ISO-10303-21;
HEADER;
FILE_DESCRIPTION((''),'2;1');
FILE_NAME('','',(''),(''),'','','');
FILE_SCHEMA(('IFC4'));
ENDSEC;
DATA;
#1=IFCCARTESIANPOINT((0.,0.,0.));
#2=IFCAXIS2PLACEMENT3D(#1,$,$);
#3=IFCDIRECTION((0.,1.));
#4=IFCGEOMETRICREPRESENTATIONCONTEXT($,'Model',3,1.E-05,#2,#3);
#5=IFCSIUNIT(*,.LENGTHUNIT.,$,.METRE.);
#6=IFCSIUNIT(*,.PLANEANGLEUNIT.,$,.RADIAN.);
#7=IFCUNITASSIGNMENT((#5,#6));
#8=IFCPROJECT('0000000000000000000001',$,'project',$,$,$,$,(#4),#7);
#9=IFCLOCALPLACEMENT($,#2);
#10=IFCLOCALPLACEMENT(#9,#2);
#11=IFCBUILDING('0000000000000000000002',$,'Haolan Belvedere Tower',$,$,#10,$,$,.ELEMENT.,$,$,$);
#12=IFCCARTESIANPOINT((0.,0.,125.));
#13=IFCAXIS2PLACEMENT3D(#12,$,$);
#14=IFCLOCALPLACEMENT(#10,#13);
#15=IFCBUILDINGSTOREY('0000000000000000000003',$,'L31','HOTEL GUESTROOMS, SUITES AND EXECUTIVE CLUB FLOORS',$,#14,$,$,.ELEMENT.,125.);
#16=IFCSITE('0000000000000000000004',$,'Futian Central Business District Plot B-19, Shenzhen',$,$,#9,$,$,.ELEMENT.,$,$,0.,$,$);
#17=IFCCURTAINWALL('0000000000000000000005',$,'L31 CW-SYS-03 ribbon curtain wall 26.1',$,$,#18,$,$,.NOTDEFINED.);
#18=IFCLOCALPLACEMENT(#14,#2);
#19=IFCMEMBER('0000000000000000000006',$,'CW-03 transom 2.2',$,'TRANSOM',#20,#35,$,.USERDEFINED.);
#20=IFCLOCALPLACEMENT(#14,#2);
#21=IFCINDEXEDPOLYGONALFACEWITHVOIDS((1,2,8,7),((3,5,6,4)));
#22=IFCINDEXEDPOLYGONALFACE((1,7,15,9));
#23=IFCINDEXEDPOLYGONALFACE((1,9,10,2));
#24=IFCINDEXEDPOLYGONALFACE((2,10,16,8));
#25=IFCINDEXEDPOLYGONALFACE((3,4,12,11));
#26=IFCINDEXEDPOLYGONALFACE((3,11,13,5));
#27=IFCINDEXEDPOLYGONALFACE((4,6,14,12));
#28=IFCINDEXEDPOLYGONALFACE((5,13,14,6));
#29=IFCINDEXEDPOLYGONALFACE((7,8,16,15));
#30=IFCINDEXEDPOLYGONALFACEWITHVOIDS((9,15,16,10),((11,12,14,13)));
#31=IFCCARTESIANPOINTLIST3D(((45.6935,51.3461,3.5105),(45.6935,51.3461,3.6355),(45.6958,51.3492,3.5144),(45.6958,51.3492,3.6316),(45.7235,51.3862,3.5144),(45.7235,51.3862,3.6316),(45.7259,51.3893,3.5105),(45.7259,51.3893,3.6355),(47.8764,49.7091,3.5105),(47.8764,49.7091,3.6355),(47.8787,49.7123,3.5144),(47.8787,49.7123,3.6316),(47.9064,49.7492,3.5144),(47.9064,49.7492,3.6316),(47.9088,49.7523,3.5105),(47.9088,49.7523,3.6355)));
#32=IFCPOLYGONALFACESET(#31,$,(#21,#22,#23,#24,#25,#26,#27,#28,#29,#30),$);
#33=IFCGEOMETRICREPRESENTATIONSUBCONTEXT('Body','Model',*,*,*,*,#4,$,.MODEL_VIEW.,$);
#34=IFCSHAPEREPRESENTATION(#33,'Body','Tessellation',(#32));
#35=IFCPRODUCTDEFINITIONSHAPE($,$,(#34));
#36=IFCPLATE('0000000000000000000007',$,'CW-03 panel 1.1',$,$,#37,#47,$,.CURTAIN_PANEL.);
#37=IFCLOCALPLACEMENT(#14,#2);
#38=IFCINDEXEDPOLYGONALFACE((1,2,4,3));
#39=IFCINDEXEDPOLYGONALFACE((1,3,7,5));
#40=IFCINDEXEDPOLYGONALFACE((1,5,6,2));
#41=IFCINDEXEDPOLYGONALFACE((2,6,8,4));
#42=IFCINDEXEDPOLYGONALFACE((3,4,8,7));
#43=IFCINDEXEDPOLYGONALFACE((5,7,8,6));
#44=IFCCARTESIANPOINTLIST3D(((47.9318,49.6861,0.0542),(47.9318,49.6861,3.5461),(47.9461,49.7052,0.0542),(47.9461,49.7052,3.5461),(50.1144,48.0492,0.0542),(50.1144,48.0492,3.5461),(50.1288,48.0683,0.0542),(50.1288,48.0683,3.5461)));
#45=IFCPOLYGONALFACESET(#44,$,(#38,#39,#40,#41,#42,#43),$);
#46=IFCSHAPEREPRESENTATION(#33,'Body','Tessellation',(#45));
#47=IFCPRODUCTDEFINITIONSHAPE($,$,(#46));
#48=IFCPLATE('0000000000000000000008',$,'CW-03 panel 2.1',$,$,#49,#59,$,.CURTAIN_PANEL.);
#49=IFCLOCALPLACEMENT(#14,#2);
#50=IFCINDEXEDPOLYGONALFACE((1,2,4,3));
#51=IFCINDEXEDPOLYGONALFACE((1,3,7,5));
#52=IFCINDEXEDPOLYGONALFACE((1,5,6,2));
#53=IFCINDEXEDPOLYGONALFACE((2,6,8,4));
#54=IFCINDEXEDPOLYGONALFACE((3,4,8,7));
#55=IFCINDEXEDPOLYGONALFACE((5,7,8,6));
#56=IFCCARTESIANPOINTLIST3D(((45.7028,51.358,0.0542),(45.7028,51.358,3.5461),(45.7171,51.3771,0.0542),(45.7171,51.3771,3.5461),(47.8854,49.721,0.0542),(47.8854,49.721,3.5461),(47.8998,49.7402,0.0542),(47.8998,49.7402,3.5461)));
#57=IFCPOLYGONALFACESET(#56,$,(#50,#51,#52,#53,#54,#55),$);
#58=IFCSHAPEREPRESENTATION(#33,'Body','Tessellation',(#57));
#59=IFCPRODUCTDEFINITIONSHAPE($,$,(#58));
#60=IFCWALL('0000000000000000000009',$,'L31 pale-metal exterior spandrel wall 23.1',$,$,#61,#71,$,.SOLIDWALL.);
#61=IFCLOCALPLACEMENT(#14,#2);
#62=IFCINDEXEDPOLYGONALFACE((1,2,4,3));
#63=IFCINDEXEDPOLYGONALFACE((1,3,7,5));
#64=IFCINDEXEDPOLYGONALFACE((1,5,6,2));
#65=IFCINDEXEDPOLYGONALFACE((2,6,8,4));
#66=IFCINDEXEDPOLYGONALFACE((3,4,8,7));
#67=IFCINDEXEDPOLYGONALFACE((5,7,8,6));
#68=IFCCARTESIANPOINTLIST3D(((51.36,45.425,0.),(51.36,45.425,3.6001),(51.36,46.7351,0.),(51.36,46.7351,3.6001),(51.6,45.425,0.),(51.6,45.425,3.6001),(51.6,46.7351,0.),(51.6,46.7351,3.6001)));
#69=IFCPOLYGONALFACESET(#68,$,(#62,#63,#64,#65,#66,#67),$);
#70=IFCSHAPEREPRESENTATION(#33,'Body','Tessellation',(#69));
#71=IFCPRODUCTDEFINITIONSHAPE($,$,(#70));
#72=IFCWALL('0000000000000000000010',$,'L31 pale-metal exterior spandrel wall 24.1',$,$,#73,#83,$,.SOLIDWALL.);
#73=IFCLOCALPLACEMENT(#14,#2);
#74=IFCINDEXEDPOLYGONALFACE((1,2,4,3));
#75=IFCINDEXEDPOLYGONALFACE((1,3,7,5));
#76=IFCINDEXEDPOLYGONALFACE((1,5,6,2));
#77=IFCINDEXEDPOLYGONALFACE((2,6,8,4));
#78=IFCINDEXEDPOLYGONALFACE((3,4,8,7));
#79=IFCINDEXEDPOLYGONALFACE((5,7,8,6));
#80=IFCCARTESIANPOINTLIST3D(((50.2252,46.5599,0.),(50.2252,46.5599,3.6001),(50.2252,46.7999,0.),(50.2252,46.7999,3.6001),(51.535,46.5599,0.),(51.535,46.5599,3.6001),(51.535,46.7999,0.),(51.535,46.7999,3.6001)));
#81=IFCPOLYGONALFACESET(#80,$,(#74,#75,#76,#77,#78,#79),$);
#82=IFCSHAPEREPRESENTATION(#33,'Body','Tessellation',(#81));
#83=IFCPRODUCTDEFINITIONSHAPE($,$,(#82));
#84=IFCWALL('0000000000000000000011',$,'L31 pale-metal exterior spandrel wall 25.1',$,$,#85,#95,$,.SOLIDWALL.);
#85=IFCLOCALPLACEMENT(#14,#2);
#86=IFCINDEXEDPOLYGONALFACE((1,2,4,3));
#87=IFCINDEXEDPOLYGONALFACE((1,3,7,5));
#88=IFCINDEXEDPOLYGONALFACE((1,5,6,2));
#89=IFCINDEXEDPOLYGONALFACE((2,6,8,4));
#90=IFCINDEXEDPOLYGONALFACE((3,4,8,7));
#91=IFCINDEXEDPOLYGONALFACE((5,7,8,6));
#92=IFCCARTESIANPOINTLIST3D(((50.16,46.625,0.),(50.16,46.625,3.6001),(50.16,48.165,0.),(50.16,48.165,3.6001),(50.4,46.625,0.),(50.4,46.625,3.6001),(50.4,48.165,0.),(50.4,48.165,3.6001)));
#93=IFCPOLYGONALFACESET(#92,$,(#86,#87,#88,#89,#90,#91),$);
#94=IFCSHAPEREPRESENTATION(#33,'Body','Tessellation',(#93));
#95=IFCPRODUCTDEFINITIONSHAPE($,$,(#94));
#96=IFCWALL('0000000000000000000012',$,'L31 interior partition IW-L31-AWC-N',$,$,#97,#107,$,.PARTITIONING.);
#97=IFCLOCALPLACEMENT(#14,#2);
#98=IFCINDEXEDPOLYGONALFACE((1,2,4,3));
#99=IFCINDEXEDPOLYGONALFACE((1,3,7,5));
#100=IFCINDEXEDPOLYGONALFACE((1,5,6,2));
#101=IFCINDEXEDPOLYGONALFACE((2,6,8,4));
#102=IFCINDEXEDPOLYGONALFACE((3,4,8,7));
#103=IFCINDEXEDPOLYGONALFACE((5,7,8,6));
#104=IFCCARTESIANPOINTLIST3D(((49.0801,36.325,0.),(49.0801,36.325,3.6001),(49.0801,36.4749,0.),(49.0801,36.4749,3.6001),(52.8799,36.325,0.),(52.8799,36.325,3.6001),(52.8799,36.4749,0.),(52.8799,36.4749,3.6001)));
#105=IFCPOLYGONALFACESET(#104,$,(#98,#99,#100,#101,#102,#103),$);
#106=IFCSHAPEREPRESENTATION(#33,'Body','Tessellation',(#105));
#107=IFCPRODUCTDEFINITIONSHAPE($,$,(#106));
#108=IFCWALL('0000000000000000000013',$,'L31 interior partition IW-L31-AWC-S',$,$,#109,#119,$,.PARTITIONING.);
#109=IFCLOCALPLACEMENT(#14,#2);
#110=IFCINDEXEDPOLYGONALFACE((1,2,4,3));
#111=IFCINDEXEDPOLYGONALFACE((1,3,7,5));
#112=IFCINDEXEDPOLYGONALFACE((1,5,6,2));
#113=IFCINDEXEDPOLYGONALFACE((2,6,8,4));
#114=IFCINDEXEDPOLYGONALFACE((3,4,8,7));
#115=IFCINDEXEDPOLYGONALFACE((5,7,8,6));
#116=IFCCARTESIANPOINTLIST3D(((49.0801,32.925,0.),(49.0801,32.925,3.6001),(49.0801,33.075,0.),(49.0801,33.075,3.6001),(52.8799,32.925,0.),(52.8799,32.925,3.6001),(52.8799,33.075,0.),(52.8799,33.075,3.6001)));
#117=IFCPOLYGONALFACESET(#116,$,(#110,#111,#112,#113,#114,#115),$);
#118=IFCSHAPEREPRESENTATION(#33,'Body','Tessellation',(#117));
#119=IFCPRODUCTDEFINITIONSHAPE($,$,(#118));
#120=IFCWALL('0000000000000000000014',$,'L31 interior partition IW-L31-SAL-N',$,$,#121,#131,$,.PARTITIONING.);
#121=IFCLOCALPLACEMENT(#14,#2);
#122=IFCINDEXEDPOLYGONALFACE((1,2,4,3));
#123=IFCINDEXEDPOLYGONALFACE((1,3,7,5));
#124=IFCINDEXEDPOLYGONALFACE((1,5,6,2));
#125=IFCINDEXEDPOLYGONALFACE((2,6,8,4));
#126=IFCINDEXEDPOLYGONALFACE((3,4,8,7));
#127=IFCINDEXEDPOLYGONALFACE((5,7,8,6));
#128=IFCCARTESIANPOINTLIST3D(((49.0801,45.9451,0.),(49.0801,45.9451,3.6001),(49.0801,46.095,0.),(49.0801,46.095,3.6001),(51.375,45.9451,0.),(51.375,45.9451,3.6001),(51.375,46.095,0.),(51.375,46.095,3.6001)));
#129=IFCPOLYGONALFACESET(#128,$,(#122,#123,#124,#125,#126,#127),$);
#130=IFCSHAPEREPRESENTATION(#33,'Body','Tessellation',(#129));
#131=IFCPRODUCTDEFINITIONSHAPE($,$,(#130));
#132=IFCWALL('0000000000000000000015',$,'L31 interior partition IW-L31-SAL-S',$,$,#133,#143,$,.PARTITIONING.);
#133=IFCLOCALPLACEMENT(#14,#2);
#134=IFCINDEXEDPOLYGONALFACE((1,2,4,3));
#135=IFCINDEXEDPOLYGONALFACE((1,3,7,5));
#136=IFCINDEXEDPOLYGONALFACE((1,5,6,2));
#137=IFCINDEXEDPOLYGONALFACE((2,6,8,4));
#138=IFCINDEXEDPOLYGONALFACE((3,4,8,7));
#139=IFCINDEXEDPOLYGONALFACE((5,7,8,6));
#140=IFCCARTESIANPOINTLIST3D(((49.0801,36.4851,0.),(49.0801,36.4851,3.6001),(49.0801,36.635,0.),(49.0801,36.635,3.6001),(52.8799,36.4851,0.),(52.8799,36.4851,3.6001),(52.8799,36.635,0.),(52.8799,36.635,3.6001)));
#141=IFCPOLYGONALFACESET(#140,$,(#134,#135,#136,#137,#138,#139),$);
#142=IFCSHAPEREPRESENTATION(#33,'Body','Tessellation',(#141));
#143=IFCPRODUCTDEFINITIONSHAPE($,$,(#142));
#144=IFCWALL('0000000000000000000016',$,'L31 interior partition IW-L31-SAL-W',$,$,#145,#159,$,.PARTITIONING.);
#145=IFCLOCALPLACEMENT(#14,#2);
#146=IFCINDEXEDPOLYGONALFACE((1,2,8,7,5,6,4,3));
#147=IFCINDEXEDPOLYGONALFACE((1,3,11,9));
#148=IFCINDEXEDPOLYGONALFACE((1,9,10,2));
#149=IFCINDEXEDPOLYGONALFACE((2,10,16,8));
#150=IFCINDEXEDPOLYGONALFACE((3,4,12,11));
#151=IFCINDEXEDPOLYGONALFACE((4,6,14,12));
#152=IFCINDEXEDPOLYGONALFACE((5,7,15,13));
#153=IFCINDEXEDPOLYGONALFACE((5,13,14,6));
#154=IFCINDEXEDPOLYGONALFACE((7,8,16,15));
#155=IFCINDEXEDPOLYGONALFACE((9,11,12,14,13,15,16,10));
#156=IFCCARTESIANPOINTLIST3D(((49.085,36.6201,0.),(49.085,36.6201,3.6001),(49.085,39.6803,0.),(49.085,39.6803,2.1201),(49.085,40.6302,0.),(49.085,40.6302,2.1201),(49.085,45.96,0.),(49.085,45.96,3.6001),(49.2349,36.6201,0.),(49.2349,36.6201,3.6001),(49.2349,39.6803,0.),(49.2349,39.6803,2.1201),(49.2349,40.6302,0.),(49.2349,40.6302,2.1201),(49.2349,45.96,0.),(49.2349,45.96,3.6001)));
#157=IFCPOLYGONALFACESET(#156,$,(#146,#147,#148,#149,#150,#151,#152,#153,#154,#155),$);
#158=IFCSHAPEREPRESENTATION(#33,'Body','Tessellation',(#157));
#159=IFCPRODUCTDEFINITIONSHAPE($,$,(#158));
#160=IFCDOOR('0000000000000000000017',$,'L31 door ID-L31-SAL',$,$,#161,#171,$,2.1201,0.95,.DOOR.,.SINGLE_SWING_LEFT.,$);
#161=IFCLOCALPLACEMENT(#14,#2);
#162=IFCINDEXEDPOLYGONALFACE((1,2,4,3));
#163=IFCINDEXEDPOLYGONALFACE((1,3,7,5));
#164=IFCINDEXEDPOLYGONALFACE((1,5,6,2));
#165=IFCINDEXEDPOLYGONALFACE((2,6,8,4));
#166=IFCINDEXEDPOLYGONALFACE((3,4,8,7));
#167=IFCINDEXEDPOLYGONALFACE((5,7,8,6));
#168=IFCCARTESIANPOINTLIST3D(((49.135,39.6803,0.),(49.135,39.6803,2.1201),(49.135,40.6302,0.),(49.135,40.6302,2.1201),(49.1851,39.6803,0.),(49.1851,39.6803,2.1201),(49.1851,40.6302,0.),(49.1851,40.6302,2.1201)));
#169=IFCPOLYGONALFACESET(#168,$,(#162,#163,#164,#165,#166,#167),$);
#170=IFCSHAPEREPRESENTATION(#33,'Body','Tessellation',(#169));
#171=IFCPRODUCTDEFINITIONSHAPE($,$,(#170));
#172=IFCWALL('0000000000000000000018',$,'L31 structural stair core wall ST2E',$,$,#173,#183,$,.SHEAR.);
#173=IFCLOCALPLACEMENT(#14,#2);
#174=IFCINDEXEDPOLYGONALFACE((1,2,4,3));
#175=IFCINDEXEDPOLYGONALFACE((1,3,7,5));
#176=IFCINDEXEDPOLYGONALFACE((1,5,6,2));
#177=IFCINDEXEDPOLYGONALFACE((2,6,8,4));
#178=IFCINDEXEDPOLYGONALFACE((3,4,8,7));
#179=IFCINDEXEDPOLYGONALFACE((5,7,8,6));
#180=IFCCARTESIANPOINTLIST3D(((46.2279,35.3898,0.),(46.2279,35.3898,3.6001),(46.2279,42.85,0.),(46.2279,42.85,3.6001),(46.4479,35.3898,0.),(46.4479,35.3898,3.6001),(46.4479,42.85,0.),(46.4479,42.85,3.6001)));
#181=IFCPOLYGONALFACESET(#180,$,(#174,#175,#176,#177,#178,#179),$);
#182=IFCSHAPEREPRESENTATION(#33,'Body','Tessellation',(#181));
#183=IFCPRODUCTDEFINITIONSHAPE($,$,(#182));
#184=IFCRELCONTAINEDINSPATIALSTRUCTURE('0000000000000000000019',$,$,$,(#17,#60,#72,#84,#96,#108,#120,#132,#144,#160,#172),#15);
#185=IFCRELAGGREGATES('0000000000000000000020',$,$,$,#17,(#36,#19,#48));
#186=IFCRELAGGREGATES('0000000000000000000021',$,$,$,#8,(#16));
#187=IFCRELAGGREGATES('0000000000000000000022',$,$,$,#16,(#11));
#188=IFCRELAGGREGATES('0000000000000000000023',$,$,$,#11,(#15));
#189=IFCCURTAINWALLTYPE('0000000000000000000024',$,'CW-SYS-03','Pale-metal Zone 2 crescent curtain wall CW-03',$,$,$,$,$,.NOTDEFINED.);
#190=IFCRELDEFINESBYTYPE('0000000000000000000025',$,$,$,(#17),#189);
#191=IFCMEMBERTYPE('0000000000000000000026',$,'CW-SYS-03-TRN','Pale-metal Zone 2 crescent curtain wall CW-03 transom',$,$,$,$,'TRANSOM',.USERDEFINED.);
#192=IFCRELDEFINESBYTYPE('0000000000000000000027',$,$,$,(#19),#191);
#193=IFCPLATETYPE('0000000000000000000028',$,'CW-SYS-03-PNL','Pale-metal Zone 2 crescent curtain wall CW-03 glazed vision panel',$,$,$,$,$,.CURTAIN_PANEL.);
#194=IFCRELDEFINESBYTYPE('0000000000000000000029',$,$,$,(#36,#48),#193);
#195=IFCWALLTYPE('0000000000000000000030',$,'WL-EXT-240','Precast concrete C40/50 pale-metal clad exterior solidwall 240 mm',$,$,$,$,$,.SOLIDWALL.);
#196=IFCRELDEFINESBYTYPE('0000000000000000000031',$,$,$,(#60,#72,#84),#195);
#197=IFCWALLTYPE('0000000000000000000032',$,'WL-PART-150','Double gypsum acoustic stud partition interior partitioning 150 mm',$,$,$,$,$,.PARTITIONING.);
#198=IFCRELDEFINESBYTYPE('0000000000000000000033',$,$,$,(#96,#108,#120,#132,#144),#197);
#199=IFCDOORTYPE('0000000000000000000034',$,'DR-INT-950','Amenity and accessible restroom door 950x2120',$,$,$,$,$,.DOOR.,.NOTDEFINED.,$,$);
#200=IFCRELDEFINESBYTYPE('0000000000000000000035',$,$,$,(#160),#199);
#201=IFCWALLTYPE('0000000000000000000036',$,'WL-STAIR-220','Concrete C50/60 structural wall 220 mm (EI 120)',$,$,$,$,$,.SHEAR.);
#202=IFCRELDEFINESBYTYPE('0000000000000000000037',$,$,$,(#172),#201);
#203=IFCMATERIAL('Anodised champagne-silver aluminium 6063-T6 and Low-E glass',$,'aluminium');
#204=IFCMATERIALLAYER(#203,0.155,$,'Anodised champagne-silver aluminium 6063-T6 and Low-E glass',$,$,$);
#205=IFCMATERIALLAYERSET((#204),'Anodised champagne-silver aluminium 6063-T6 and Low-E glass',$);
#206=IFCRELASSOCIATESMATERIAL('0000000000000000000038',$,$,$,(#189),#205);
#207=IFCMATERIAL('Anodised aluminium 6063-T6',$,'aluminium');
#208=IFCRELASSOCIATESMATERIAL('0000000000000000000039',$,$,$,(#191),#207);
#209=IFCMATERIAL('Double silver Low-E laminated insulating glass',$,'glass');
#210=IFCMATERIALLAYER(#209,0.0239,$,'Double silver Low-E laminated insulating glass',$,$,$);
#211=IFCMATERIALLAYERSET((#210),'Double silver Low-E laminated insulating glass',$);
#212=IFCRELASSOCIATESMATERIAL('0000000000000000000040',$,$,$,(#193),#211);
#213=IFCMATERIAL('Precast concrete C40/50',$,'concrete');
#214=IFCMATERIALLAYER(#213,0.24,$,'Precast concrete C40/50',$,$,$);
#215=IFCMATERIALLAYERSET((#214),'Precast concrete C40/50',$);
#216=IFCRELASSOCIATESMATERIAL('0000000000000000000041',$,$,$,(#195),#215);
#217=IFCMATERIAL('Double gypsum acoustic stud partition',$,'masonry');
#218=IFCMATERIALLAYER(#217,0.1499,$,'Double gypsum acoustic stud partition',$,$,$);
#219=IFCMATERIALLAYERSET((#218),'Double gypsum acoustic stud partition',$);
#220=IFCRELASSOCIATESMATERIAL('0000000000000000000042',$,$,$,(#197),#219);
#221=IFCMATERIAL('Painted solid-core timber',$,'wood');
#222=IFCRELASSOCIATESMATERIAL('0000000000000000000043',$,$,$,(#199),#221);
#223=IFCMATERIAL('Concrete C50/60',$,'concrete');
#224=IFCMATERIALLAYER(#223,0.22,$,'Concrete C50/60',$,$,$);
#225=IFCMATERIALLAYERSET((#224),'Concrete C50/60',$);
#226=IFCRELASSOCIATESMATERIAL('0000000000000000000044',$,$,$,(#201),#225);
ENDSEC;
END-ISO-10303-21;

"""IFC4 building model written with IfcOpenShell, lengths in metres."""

from ifc_helpers import new_model, si_unit, direction, frame, frame_2d, origin, origin_2d, place, context, subcontext, project, spatial, rectangle, hollow_rectangle, extrude, material, layer, layer_set, material_profile, profile_set, type_object, element, fill, aggregate, save


model = new_model("IFC4")

# Units and contexts
model_context = context("Model", 3, precision=1e-05, world=origin(), true_north=direction((0.0, 1.0)))
body_context = subcontext(model_context, "Body", "Model", "MODEL_VIEW")
ifc_project = project(units=[si_unit("LENGTHUNIT", "METRE"), si_unit("PLANEANGLEUNIT", "RADIAN")], contexts=[model_context])

# Site, building, storey
site_placement = place(None, origin())
site = spatial("IfcSite", under=ifc_project, at=site_placement, Name="Futian Central Business District Plot B-19, Shenzhen", CompositionType="ELEMENT", RefElevation=0.0)
building_placement = place(site_placement, origin())
building = spatial("IfcBuilding", under=site, at=building_placement, Name="Haolan Belvedere Tower", CompositionType="ELEMENT")
storey_placement = place(building_placement, frame((0.0, 0.0, 125.0)))
storey = spatial("IfcBuildingStorey", under=building, at=storey_placement, Name="L31", Description="HOTEL GUESTROOMS, SUITES AND EXECUTIVE CLUB FLOORS", CompositionType="ELEMENT", Elevation=125.0)

# Curtain wall, member, plates
ifc_material_1 = material(Name="Anodised champagne-silver aluminium 6063-T6 and Low-E glass", Category="aluminium")
ifc_layer_1 = layer(ifc_material_1, 0.155, Name="Anodised champagne-silver aluminium 6063-T6 and Low-E glass")
ifc_layer_set_1 = layer_set([ifc_layer_1], Name="Anodised champagne-silver aluminium 6063-T6 and Low-E glass")
curtain_wall_type = type_object("IfcCurtainWallType", Name="CW-SYS-03", Description="Pale-metal Zone 2 crescent curtain wall CW-03", PredefinedType="NOTDEFINED", material=ifc_layer_set_1)
curtain_wall_placement = place(storey_placement, origin())
curtain_wall = element("IfcCurtainWall", 1, at=curtain_wall_placement, inside=storey, type_object=curtain_wall_type, Name="L31 CW-SYS-03 ribbon curtain wall 26.1", PredefinedType="NOTDEFINED")
ifc_material_2 = material(Name="Anodised aluminium 6063-T6", Category="aluminium")
ifc_material_profile_1 = material_profile(ifc_material_2, hollow_rectangle(XDim=0.054, YDim=0.125, WallThickness=0.0039, at=origin_2d()), Name="Anodised aluminium 6063-T6")
ifc_profile_set_1 = profile_set([ifc_material_profile_1], Name="Anodised aluminium 6063-T6")
member_type_1 = type_object("IfcMemberType", Name="CW-SYS-03-TRN", Description="Pale-metal Zone 2 crescent curtain wall CW-03 transom", ElementType="TRANSOM", PredefinedType="USERDEFINED", material=ifc_profile_set_1)
member_1_placement = place(storey_placement, frame((47.8926, 49.7307, 3.573), z_axis=(-0.800032, 0.599957, 0.0), x_axis=(-0.599957, -0.800032, 0.0)))
member_1 = element("IfcMember", 2, at=member_1_placement, type_object=member_type_1, Name="CW-03 transom 2.2", ObjectType="TRANSOM", PredefinedType="USERDEFINED", context=body_context, shape_type="SweptSolid", body=[
    extrude(hollow_rectangle(XDim=0.054, YDim=0.125, WallThickness=0.0039, at=origin_2d()), origin(), (0.0, 0.0, 1.0), 2.7285),
])
ifc_material_3 = material(Name="Double silver Low-E laminated insulating glass", Category="glass")
ifc_layer_2 = layer(ifc_material_3, 0.0239, Name="Double silver Low-E laminated insulating glass")
ifc_layer_set_2 = layer_set([ifc_layer_2], Name="Double silver Low-E laminated insulating glass")
plate_type = type_object("IfcPlateType", Name="CW-SYS-03-PNL", Description="Pale-metal Zone 2 crescent curtain wall CW-03 glazed vision panel", PredefinedType="CURTAIN_PANEL", material=ifc_layer_set_2)
plate_1_placement = place(storey_placement, frame((49.0303, 48.8772, 0.0542), z_axis=(0.0, 0.0, 1.0), x_axis=(-0.800004, 0.599994, 0.0)))
plate_1 = element("IfcPlate", 3, at=plate_1_placement, type_object=plate_type, Name="CW-03 panel 1.1", PredefinedType="CURTAIN_PANEL", context=body_context, shape_type="SweptSolid", body=[
    extrude(rectangle(XDim=2.7283, YDim=0.0239, at=origin_2d()), origin(), (0.0, 0.0, 1.0), 3.4919),
])
plate_2_placement = place(storey_placement, frame((46.8013, 50.5491, 0.0542), z_axis=(0.0, 0.0, 1.0), x_axis=(-0.800004, 0.599994, 0.0)))
plate_2 = element("IfcPlate", 4, at=plate_2_placement, type_object=plate_type, Name="CW-03 panel 2.1", PredefinedType="CURTAIN_PANEL", context=body_context, shape_type="SweptSolid", body=[
    extrude(rectangle(XDim=2.7283, YDim=0.0239, at=origin_2d()), origin(), (0.0, 0.0, 1.0), 3.4919),
])
aggregate(curtain_wall, [plate_1, member_1, plate_2])

# Walls
ifc_material_4 = material(Name="Precast concrete C40/50", Category="concrete")
ifc_layer_3 = layer(ifc_material_4, 0.24, Name="Precast concrete C40/50")
ifc_layer_set_3 = layer_set([ifc_layer_3], Name="Precast concrete C40/50")
wall_type_1 = type_object("IfcWallType", Name="WL-EXT-240", Description="Precast concrete C40/50 pale-metal clad exterior solidwall 240 mm", PredefinedType="SOLIDWALL", material=ifc_layer_set_3)
wall_1_placement = place(storey_placement, frame((51.48, 45.425, 0.0), z_axis=(0.0, 0.0, 1.0), x_axis=(0.0, 1.0, 0.0)))
element("IfcWall", 5, at=wall_1_placement, inside=storey, type_object=wall_type_1, Name="L31 pale-metal exterior spandrel wall 23.1", PredefinedType="SOLIDWALL", context=body_context, shape_type="SweptSolid", body=[
    extrude(rectangle(XDim=1.3101, YDim=0.24, at=frame_2d((0.655, 0.0))), origin(), (0.0, 0.0, 1.0), 3.6001),
])
wall_2_placement = place(storey_placement, frame((51.5349, 46.6799, 0.0), z_axis=(0.0, 0.0, 1.0), x_axis=(-1.0, 0.0, 0.0)))
element("IfcWall", 6, at=wall_2_placement, inside=storey, type_object=wall_type_1, Name="L31 pale-metal exterior spandrel wall 24.1", PredefinedType="SOLIDWALL", context=body_context, shape_type="SweptSolid", body=[
    extrude(rectangle(XDim=1.3098, YDim=0.24, at=frame_2d((0.6548, 0.0))), origin(), (0.0, 0.0, 1.0), 3.6001),
])
wall_3_placement = place(storey_placement, frame((50.28, 46.625, 0.0), z_axis=(0.0, 0.0, 1.0), x_axis=(0.0, 1.0, 0.0)))
element("IfcWall", 7, at=wall_3_placement, inside=storey, type_object=wall_type_1, Name="L31 pale-metal exterior spandrel wall 25.1", PredefinedType="SOLIDWALL", context=body_context, shape_type="SweptSolid", body=[
    extrude(rectangle(XDim=1.54, YDim=0.24, at=frame_2d((0.77, 0.0))), origin(), (0.0, 0.0, 1.0), 3.6001),
])
ifc_material_5 = material(Name="Double gypsum acoustic stud partition", Category="masonry")
ifc_layer_4 = layer(ifc_material_5, 0.1499, Name="Double gypsum acoustic stud partition")
ifc_layer_set_4 = layer_set([ifc_layer_4], Name="Double gypsum acoustic stud partition")
wall_type_2 = type_object("IfcWallType", Name="WL-PART-150", Description="Double gypsum acoustic stud partition interior partitioning 150 mm", PredefinedType="PARTITIONING", material=ifc_layer_set_4)
for number, where, z_axis, x_axis, name in (
    (8, (49.0801, 36.3999, 0.0), (0.0, 0.0, 1.0), (1.0, 0.0, 0.0), "L31 interior partition IW-L31-AWC-N"),
    (9, (49.0801, 33.0, 0.0), (0.0, 0.0, 1.0), (1.0, 0.0, 0.0), "L31 interior partition IW-L31-AWC-S"),
):
    element("IfcWall", number, at=place(storey_placement, frame(where, z_axis=z_axis, x_axis=x_axis)), inside=storey, type_object=wall_type_2, Name=name, PredefinedType="PARTITIONING", context=body_context, shape_type="SweptSolid", body=[
        extrude(rectangle(XDim=3.7998, YDim=0.1499, at=frame_2d((1.8999, 0.0))), origin(), (0.0, 0.0, 1.0), 3.6001),
    ])

# Shared definitions
ifc_material_6 = material(Name="Painted solid-core timber", Category="wood")
door_type = type_object("IfcDoorType", Name="DR-INT-950", Description="Amenity and accessible restroom door 950x2120", OperationType="NOTDEFINED", PredefinedType="DOOR", material=ifc_material_6)

# Walls
wall_4_placement = place(storey_placement, frame((49.0801, 46.02, 0.0), z_axis=(0.0, 0.0, 1.0), x_axis=(1.0, 0.0, 0.0)))
element("IfcWall", 10, at=wall_4_placement, inside=storey, type_object=wall_type_2, Name="L31 interior partition IW-L31-SAL-N", PredefinedType="PARTITIONING", context=body_context, shape_type="SweptSolid", body=[
    extrude(rectangle(XDim=2.2949, YDim=0.1499, at=frame_2d((1.1475, 0.0))), origin(), (0.0, 0.0, 1.0), 3.6001),
])
wall_5_placement = place(storey_placement, frame((49.0801, 36.5601, 0.0), z_axis=(0.0, 0.0, 1.0), x_axis=(1.0, 0.0, 0.0)))
element("IfcWall", 11, at=wall_5_placement, inside=storey, type_object=wall_type_2, Name="L31 interior partition IW-L31-SAL-S", PredefinedType="PARTITIONING", context=body_context, shape_type="SweptSolid", body=[
    extrude(rectangle(XDim=3.7998, YDim=0.1499, at=frame_2d((1.8999, 0.0))), origin(), (0.0, 0.0, 1.0), 3.6001),
])

# Wall, opening, door
wall_6_placement = place(storey_placement, frame((49.1599, 36.6201, 0.0), z_axis=(0.0, 0.0, 1.0), x_axis=(0.0, 1.0, 0.0)))
wall_6 = element("IfcWall", 12, at=wall_6_placement, inside=storey, type_object=wall_type_2, Name="L31 interior partition IW-L31-SAL-W", PredefinedType="PARTITIONING", context=body_context, shape_type="SweptSolid", body=[
    extrude(rectangle(XDim=9.3398, YDim=0.1499, at=frame_2d((4.6699, 0.0))), origin(), (0.0, 0.0, 1.0), 3.6001),
])
opening_1_placement = place(wall_6_placement, frame((3.0601, 0.0, 0.0)))
opening_1 = element("IfcOpeningElement", 13, at=opening_1_placement, cuts=wall_6, PredefinedType="OPENING", context=body_context, shape_type="SweptSolid", body=[
    extrude(rectangle(XDim=0.95, YDim=2.1201, at=frame_2d((0.4751, 1.0601))), frame((0.0, 0.085, 0.0), z_axis=(0.0, -1.0, 0.0), x_axis=(1.0, 0.0, 0.0)), (0.0, 0.0, 1.0), 0.1699),
])
door_1_placement = place(opening_1_placement, origin())
door_1 = element("IfcDoor", 14, at=door_1_placement, inside=storey, type_object=door_type, Name="L31 door ID-L31-SAL", OperationType="SINGLE_SWING_LEFT", OverallHeight=2.1201, OverallWidth=0.95, PredefinedType="DOOR", context=body_context, shape_type="SweptSolid", body=[
    extrude(rectangle(XDim=0.95, YDim=2.1201, at=frame_2d((0.4751, 1.0601))), frame((0.0, 0.0249, 0.0), z_axis=(0.0, -1.0, 0.0), x_axis=(1.0, 0.0, 0.0)), (0.0, 0.0, 1.0), 0.05),
])
fill(opening_1, door_1)

# Wall
ifc_material_7 = material(Name="Concrete C50/60", Category="concrete")
ifc_layer_5 = layer(ifc_material_7, 0.22, Name="Concrete C50/60")
ifc_layer_set_5 = layer_set([ifc_layer_5], Name="Concrete C50/60")
wall_type_3 = type_object("IfcWallType", Name="WL-STAIR-220", Description="Concrete C50/60 structural wall 220 mm (EI 120)", PredefinedType="SHEAR", material=ifc_layer_set_5)
wall_7_placement = place(storey_placement, frame((46.3379, 35.3899, 0.0), z_axis=(0.0, 0.0, 1.0), x_axis=(0.0, 1.0, 0.0)))
element("IfcWall", 15, at=wall_7_placement, inside=storey, type_object=wall_type_3, Name="L31 structural stair core wall ST2E", PredefinedType="SHEAR", context=body_context, shape_type="SweptSolid", body=[
    extrude(rectangle(XDim=7.4602, YDim=0.22, at=frame_2d((3.73, 0.0))), origin(), (0.0, 0.0, 1.0), 3.6001),
])

save(model, "model.ifc")
